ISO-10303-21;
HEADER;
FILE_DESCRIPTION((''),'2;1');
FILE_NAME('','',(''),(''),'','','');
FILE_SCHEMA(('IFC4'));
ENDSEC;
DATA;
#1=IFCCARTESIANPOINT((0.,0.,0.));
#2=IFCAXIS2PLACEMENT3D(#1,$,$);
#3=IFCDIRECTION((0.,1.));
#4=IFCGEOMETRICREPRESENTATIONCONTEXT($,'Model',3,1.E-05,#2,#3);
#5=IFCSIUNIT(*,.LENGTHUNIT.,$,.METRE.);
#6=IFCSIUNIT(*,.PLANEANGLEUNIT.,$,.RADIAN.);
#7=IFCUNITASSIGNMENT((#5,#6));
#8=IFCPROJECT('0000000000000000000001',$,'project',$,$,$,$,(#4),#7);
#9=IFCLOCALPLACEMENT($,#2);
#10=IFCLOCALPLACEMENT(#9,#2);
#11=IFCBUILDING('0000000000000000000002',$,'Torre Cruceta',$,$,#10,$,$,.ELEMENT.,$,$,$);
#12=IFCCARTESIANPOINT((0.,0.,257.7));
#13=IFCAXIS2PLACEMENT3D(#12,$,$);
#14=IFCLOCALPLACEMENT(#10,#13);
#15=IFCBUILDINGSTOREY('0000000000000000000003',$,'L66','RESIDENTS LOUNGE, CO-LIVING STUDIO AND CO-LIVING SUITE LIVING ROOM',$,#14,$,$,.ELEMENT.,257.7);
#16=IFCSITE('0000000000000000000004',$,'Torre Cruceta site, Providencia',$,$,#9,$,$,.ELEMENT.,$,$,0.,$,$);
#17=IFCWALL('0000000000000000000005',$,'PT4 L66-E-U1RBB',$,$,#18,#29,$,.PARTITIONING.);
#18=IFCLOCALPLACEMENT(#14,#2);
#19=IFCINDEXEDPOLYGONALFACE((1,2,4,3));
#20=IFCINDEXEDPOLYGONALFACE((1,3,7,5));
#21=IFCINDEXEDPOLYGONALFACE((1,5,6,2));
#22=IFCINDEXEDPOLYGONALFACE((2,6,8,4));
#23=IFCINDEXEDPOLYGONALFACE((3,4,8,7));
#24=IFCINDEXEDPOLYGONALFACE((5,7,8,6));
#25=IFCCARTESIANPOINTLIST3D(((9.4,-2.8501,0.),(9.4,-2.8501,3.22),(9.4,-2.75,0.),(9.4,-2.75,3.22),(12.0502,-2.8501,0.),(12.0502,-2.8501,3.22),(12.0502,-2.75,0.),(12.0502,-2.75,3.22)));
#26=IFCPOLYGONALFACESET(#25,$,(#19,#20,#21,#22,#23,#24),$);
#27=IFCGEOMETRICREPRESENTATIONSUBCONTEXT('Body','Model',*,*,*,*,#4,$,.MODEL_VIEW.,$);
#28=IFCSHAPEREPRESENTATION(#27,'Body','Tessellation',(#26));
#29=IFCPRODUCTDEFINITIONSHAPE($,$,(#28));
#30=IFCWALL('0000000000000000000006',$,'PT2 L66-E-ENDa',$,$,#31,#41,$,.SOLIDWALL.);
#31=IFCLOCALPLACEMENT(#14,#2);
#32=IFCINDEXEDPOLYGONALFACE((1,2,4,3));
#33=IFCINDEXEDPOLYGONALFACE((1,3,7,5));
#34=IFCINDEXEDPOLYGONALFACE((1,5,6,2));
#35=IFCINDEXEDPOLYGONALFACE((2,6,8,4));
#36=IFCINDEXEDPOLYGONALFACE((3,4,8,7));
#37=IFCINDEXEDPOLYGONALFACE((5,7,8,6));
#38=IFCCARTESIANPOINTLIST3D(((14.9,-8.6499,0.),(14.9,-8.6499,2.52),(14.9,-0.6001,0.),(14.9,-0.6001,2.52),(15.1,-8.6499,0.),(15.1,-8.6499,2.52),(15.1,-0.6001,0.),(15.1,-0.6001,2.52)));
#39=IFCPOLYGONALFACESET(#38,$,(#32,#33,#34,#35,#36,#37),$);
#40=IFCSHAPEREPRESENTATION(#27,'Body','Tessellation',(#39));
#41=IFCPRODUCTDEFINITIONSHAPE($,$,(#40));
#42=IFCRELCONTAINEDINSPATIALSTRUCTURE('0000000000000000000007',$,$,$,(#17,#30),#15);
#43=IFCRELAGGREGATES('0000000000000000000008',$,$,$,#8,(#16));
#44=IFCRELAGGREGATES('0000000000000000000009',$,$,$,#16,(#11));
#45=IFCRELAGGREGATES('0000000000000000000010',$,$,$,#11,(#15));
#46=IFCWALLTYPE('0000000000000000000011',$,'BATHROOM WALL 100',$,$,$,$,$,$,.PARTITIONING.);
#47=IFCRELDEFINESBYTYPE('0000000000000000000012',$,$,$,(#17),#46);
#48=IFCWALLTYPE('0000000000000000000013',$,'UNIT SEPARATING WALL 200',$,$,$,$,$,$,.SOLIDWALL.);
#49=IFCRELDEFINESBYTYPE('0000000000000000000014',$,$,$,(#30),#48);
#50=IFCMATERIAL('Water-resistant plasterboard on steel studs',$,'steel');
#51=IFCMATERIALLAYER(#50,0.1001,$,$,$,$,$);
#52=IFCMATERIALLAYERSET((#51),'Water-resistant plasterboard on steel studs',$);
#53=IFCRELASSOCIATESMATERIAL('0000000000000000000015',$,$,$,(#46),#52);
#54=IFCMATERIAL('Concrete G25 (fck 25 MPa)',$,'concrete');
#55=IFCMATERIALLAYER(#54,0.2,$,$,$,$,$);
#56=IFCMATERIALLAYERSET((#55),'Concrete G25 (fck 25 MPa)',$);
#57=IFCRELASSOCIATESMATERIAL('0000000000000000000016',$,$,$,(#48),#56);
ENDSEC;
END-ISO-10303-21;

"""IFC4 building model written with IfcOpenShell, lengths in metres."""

from ifc_helpers import new_model, si_unit, direction, frame, frame_2d, origin, place, context, subcontext, project, spatial, rectangle, extrude, material, layer, layer_set, type_object, element, save


model = new_model("IFC4")

# Units and contexts
model_context = context("Model", 3, precision=1e-05, world=origin(), true_north=direction((0.0, 1.0)))
body_context = subcontext(model_context, "Body", "Model", "MODEL_VIEW")
ifc_project = project(units=[si_unit("LENGTHUNIT", "METRE"), si_unit("PLANEANGLEUNIT", "RADIAN")], contexts=[model_context])

# Site, building, storey
site_placement = place(None, origin())
site = spatial("IfcSite", under=ifc_project, at=site_placement, Name="Torre Cruceta site, Providencia", CompositionType="ELEMENT", RefElevation=0.0)
building_placement = place(site_placement, origin())
building = spatial("IfcBuilding", under=site, at=building_placement, Name="Torre Cruceta", CompositionType="ELEMENT")
storey_placement = place(building_placement, frame((0.0, 0.0, 257.7)))
storey = spatial("IfcBuildingStorey", under=building, at=storey_placement, Name="L66", Description="RESIDENTS LOUNGE, CO-LIVING STUDIO AND CO-LIVING SUITE LIVING ROOM", CompositionType="ELEMENT", Elevation=257.7)

# Wall
ifc_material_1 = material(Name="Water-resistant plasterboard on steel studs", Category="steel")
ifc_layer_1 = layer(ifc_material_1, 0.1001)
ifc_layer_set_1 = layer_set([ifc_layer_1], Name="Water-resistant plasterboard on steel studs")
wall_type_1 = type_object("IfcWallType", Name="BATHROOM WALL 100", PredefinedType="PARTITIONING", material=ifc_layer_set_1)
wall_1_placement = place(storey_placement, frame((9.3999, -2.8, 0.0), z_axis=(0.0, 0.0, 1.0), x_axis=(1.0, 0.0, 0.0)))
element("IfcWall", 1, at=wall_1_placement, inside=storey, type_object=wall_type_1, Name="PT4 L66-E-U1RBB", PredefinedType="PARTITIONING", context=body_context, shape_type="SweptSolid", body=[
    extrude(rectangle(XDim=2.6501, YDim=0.1001, at=frame_2d((1.3252, 0.0))), origin(), (0.0, 0.0, 1.0), 3.22),
])

# Wall
ifc_material_2 = material(Name="Concrete G25 (fck 25 MPa)", Category="concrete")
ifc_layer_2 = layer(ifc_material_2, 0.2)
ifc_layer_set_2 = layer_set([ifc_layer_2], Name="Concrete G25 (fck 25 MPa)")
wall_type_2 = type_object("IfcWallType", Name="UNIT SEPARATING WALL 200", PredefinedType="SOLIDWALL", material=ifc_layer_set_2)
wall_2_placement = place(storey_placement, frame((15.0, -8.6499, 0.0), z_axis=(0.0, 0.0, 1.0), x_axis=(0.0, 1.0, 0.0)))
element("IfcWall", 2, at=wall_2_placement, inside=storey, type_object=wall_type_2, Name="PT2 L66-E-ENDa", PredefinedType="SOLIDWALL", context=body_context, shape_type="SweptSolid", body=[
    extrude(rectangle(XDim=8.0498, YDim=0.2, at=frame_2d((4.0249, 0.0))), origin(), (0.0, 0.0, 1.0), 2.52),
])

save(model, "model.ifc")
